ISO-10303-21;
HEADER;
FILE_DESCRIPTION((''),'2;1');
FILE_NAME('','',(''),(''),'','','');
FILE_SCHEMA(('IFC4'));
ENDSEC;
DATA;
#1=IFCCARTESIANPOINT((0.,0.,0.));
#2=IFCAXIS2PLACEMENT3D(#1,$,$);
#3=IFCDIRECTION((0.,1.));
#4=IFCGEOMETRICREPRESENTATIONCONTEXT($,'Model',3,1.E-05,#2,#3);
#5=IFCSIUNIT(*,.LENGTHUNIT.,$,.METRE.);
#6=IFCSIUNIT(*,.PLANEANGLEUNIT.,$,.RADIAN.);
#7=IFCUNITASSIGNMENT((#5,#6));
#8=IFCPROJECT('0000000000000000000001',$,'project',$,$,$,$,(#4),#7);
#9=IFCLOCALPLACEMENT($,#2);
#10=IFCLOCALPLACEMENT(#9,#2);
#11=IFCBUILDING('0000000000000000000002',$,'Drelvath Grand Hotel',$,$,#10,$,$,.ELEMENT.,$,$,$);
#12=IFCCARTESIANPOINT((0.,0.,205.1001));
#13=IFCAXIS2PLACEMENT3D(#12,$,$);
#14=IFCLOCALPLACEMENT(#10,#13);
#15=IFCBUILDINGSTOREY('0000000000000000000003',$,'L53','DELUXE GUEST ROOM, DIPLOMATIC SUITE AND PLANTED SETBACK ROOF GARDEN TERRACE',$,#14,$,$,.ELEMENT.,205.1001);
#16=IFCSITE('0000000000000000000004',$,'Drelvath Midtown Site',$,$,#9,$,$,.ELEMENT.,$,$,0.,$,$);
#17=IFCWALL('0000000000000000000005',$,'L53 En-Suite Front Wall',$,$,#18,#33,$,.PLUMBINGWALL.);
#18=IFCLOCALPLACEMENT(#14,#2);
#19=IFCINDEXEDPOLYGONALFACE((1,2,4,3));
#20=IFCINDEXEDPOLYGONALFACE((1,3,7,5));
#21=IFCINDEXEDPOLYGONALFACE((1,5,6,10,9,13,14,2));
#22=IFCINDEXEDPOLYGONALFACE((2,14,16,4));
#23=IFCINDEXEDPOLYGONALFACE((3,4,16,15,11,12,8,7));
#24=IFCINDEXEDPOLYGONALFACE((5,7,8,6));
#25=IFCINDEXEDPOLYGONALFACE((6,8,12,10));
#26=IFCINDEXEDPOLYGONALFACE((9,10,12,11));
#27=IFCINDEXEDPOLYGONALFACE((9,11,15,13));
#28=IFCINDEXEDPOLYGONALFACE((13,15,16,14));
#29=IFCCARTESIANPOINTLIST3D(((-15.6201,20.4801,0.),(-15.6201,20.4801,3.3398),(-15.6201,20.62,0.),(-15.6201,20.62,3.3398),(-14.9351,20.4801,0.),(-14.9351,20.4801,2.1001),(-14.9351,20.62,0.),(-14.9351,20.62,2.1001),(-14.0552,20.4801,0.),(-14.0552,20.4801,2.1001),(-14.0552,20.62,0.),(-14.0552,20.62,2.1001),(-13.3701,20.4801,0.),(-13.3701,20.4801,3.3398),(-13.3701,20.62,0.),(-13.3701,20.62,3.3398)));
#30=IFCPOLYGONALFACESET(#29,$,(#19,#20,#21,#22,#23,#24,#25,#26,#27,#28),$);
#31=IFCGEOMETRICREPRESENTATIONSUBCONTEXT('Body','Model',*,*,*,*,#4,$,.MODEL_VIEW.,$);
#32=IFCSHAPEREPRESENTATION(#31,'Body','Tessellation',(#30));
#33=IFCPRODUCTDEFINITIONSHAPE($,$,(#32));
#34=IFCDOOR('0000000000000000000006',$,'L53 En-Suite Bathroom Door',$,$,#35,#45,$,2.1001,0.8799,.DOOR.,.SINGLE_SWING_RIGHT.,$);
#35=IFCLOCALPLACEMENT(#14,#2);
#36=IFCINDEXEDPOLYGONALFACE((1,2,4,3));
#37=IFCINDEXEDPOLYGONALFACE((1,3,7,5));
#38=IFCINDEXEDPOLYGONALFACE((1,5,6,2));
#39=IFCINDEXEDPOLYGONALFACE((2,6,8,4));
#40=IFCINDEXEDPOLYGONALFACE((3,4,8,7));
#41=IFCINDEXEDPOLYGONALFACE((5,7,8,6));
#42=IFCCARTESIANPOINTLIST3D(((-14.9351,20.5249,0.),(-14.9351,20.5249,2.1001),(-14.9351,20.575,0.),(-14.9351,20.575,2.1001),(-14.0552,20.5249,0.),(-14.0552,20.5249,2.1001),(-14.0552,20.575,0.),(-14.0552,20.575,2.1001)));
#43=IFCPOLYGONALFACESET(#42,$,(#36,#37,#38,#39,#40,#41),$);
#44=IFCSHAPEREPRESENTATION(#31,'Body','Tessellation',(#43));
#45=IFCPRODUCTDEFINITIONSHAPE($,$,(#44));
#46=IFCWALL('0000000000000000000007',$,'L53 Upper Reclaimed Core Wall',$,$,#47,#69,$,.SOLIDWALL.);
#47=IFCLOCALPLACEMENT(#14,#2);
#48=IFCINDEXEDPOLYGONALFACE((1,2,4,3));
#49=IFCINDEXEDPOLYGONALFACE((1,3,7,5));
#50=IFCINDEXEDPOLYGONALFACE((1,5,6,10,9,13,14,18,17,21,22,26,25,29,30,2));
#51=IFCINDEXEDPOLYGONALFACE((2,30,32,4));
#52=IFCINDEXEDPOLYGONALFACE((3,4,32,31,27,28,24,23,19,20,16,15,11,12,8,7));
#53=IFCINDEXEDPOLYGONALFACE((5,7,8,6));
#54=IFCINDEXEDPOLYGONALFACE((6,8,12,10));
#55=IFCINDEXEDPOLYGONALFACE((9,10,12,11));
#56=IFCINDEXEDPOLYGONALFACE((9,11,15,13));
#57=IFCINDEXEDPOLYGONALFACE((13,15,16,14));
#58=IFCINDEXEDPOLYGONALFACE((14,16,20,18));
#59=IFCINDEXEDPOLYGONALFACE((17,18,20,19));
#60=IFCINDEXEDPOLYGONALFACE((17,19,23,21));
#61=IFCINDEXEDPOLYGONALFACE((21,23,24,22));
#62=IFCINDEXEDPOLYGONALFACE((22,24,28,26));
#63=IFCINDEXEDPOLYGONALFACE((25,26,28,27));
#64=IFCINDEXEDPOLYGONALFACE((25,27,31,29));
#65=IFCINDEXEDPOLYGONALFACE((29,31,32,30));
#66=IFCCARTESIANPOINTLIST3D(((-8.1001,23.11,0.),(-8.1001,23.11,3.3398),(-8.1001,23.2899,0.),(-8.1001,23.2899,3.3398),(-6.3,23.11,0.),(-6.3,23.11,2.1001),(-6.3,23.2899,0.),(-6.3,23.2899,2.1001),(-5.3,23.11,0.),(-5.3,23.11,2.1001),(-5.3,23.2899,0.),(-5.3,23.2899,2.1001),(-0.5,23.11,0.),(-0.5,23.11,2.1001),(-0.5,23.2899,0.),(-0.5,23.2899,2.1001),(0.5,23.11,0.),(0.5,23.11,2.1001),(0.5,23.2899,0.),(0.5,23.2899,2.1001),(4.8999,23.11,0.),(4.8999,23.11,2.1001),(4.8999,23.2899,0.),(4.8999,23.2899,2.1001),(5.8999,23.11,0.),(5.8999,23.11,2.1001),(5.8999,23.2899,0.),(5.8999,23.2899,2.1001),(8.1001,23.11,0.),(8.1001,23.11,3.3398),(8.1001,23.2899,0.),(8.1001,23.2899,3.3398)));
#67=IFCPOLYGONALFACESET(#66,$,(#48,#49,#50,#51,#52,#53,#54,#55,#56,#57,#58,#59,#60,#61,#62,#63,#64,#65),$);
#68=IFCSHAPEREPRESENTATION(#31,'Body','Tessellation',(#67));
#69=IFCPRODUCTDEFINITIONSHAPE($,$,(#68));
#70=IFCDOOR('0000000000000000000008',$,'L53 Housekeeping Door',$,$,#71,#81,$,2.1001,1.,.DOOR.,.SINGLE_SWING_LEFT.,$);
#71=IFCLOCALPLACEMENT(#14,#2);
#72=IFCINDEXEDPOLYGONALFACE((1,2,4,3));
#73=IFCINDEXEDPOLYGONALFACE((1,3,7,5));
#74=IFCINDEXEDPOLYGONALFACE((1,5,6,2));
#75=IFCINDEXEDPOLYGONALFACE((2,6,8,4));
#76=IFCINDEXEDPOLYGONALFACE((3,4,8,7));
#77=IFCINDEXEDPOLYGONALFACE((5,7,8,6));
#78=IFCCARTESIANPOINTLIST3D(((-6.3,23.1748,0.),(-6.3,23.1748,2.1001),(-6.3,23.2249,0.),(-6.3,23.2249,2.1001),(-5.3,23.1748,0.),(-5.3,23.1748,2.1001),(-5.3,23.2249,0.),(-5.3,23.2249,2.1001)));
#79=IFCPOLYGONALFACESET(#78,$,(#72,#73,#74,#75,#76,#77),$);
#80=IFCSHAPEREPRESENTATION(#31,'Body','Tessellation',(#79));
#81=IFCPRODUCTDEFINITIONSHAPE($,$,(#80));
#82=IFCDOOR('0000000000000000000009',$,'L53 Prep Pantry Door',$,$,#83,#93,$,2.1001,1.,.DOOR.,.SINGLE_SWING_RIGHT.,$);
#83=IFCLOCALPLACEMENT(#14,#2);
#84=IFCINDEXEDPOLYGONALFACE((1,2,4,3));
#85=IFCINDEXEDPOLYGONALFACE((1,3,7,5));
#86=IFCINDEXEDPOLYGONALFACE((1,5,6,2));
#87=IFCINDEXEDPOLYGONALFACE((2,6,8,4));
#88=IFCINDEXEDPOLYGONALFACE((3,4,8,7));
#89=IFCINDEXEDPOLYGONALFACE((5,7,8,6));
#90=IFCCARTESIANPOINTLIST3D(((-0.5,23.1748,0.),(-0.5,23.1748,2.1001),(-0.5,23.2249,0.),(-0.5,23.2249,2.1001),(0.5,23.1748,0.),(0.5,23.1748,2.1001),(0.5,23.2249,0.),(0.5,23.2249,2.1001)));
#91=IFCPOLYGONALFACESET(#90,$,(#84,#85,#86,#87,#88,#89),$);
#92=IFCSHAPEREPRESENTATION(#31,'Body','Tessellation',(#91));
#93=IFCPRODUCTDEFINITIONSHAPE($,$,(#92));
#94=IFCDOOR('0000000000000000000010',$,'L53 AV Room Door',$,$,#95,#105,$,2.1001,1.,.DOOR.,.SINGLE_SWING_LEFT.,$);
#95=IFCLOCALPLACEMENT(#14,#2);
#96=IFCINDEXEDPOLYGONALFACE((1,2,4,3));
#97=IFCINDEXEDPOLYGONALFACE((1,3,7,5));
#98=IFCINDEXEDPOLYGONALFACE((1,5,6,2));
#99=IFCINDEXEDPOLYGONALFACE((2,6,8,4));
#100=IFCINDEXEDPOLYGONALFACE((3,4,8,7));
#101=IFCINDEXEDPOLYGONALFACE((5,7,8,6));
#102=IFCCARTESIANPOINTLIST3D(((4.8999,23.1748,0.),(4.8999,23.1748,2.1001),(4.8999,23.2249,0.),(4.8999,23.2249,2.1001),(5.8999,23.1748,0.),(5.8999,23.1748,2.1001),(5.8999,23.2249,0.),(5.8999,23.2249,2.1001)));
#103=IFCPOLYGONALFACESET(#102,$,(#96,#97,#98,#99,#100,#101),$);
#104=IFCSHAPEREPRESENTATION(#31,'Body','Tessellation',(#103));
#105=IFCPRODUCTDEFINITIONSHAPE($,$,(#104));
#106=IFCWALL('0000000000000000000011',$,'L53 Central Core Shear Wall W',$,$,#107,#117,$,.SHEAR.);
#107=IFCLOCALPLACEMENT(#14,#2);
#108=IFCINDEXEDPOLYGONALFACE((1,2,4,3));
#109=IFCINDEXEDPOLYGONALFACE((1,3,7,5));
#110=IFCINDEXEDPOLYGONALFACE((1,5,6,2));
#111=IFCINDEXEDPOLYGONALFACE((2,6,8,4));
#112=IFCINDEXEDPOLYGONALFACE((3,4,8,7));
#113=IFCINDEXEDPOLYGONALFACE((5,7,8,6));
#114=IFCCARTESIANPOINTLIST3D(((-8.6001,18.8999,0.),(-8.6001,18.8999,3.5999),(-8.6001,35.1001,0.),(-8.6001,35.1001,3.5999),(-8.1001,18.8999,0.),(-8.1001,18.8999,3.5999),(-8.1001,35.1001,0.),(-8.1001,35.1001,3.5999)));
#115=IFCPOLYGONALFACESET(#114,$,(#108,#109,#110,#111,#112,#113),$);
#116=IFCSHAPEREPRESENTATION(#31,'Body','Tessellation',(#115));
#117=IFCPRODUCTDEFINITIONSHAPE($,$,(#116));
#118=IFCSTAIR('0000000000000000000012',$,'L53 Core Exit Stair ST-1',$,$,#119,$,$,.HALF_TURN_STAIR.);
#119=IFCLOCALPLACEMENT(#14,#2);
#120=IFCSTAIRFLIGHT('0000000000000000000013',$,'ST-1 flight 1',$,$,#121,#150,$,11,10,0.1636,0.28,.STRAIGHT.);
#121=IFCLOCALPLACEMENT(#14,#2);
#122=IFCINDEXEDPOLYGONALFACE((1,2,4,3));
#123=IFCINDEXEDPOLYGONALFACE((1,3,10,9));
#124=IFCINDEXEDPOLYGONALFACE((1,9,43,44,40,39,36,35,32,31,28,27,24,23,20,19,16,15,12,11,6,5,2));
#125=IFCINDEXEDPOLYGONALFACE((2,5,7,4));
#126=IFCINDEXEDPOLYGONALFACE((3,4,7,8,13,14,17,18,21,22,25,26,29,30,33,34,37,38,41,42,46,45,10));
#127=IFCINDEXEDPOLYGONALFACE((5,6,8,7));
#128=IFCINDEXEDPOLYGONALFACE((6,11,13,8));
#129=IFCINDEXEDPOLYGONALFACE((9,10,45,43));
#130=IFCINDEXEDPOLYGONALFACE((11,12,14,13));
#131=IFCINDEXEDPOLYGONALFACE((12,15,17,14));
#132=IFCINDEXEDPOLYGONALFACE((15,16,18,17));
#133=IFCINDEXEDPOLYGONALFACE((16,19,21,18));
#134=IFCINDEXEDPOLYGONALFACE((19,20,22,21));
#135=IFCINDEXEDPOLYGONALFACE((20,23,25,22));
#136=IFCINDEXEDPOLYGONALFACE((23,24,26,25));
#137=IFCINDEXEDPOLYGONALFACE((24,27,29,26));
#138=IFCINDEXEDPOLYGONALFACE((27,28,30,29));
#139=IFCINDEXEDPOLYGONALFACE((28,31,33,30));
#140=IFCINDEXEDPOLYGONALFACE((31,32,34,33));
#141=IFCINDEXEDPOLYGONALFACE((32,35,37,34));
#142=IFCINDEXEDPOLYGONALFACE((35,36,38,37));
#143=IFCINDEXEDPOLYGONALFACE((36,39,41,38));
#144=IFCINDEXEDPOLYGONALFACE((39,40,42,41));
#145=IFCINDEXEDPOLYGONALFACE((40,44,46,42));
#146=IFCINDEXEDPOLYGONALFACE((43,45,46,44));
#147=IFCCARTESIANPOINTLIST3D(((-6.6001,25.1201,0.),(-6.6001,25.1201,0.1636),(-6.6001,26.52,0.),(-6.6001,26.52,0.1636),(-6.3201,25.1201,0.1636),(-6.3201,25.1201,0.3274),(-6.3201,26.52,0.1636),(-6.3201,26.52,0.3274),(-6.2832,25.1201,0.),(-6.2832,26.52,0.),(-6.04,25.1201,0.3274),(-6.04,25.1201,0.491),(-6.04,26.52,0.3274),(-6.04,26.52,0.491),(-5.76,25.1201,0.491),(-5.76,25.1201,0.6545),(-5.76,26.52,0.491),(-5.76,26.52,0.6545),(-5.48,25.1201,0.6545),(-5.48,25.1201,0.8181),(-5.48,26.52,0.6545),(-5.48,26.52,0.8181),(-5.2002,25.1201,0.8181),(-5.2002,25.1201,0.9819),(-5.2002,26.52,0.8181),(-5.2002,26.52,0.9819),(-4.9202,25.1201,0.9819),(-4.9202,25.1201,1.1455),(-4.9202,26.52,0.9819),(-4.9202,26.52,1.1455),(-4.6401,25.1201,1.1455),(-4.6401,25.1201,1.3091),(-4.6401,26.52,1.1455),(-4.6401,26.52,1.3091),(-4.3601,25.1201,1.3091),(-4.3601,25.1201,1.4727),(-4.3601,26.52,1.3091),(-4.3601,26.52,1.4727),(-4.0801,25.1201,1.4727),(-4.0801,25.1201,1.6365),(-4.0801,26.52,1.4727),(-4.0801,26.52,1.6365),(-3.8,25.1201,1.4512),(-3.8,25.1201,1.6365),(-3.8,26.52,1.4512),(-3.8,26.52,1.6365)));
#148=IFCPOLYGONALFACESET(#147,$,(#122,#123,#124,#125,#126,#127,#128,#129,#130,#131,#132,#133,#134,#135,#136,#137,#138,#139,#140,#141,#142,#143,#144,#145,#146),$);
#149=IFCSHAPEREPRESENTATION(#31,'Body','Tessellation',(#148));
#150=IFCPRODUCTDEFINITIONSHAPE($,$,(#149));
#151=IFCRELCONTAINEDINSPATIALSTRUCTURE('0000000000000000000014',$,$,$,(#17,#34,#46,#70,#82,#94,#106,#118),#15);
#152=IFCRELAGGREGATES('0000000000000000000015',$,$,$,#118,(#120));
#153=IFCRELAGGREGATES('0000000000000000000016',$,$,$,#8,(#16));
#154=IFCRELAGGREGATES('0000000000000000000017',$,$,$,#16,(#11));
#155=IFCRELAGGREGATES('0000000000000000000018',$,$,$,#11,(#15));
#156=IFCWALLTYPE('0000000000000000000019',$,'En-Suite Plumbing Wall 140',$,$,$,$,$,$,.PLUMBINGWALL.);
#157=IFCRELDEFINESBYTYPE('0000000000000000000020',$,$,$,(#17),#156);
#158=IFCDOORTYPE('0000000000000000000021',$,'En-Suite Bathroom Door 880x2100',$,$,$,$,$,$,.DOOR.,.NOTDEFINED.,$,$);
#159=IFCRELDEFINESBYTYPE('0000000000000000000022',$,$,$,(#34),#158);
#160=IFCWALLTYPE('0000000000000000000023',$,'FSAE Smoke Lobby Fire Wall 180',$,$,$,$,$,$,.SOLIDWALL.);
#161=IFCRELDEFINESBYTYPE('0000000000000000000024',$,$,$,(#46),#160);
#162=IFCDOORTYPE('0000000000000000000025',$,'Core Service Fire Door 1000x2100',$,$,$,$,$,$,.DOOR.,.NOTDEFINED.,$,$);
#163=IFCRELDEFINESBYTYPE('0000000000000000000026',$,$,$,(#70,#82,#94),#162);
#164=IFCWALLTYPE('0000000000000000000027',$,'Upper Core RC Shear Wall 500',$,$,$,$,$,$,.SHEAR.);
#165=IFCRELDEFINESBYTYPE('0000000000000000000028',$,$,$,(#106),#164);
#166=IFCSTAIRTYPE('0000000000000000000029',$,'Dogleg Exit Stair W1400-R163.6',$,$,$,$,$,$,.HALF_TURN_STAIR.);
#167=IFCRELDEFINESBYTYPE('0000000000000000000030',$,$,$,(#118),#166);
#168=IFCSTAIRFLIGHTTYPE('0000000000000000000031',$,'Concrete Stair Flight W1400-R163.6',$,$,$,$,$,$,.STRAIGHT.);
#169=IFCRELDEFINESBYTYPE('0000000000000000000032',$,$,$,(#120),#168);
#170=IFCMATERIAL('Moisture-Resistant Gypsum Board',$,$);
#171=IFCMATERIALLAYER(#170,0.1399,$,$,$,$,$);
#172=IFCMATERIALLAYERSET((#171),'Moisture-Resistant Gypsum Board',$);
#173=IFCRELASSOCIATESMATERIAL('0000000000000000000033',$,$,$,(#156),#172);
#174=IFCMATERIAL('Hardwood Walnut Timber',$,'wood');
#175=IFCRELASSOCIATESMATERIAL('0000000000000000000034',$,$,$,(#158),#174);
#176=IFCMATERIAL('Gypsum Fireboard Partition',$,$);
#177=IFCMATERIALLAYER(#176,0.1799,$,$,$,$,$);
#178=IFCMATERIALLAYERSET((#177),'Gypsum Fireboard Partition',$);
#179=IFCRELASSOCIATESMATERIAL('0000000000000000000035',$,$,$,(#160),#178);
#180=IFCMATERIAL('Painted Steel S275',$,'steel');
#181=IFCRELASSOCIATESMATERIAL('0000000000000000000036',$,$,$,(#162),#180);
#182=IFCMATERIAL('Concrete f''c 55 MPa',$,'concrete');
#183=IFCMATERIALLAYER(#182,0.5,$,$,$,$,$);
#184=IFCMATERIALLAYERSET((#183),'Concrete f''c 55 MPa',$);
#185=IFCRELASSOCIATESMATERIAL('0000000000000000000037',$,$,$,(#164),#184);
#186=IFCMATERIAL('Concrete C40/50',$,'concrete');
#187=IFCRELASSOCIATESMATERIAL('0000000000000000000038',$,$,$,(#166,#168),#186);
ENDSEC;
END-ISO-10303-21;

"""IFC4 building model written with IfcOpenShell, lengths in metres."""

from ifc_helpers import new_model, si_unit, direction, frame, frame_2d, origin, place, context, subcontext, project, spatial, polyline, rectangle, outline, extrude, material, layer, layer_set, type_object, element, fill, aggregate, save


model = new_model("IFC4")

# Units and contexts
model_context = context("Model", 3, precision=1e-05, world=origin(), true_north=direction((0.0, 1.0)))
body_context = subcontext(model_context, "Body", "Model", "MODEL_VIEW")
ifc_project = project(units=[si_unit("LENGTHUNIT", "METRE"), si_unit("PLANEANGLEUNIT", "RADIAN")], contexts=[model_context])

# Site, building, storey
site_placement = place(None, origin())
site = spatial("IfcSite", under=ifc_project, at=site_placement, Name="Drelvath Midtown Site", CompositionType="ELEMENT", RefElevation=0.0)
building_placement = place(site_placement, origin())
building = spatial("IfcBuilding", under=site, at=building_placement, Name="Drelvath Grand Hotel", CompositionType="ELEMENT")
storey_placement = place(building_placement, frame((0.0, 0.0, 205.1001)))
storey = spatial("IfcBuildingStorey", under=building, at=storey_placement, Name="L53", Description="DELUXE GUEST ROOM, DIPLOMATIC SUITE AND PLANTED SETBACK ROOF GARDEN TERRACE", CompositionType="ELEMENT", Elevation=205.1001)

# Shared definitions
ifc_material_1 = material(Name="Concrete f'c 55 MPa", Category="concrete")

# Shared definitions
ifc_material_2 = material(Name="Concrete C40/50", Category="concrete")
ifc_material_3 = material(Name="Painted Steel S275", Category="steel")

# Shared definitions
ifc_material_4 = material(Name="Moisture-Resistant Gypsum Board")
ifc_layer_1 = layer(ifc_material_4, 0.1399)
ifc_layer_set_1 = layer_set([ifc_layer_1], Name="Moisture-Resistant Gypsum Board")
wall_type_1 = type_object("IfcWallType", Name="En-Suite Plumbing Wall 140", PredefinedType="PLUMBINGWALL", material=ifc_layer_set_1)

# Shared definitions
ifc_material_5 = material(Name="Hardwood Walnut Timber", Category="wood")
door_type_1 = type_object("IfcDoorType", Name="En-Suite Bathroom Door 880x2100", OperationType="NOTDEFINED", PredefinedType="DOOR", material=ifc_material_5)

# Wall, opening, door
wall_1_placement = place(storey_placement, frame((-15.6201, 20.55, 0.0), z_axis=(0.0, 0.0, 1.0), x_axis=(1.0, 0.0, 0.0)))
wall_1 = element("IfcWall", 1, at=wall_1_placement, inside=storey, type_object=wall_type_1, Name="L53 En-Suite Front Wall", PredefinedType="PLUMBINGWALL", context=body_context, shape_type="SweptSolid", body=[
    extrude(rectangle(XDim=2.25, YDim=0.1399, at=frame_2d((1.125, 0.0))), origin(), (0.0, 0.0, 1.0), 3.3398),
])
opening_1_placement = place(wall_1_placement, frame((0.6851, 0.0, 0.0)))
opening_1 = element("IfcOpeningElement", 2, at=opening_1_placement, cuts=wall_1, PredefinedType="OPENING", context=body_context, shape_type="SweptSolid", body=[
    extrude(rectangle(XDim=0.8799, YDim=2.1001, at=frame_2d((0.4399, 1.05))), frame((0.0, 0.0798, 0.0), z_axis=(0.0, -1.0, 0.0), x_axis=(1.0, 0.0, 0.0)), (0.0, 0.0, 1.0), 0.1599),
])
door_1_placement = place(opening_1_placement, origin())
door_1 = element("IfcDoor", 3, at=door_1_placement, inside=storey, type_object=door_type_1, Name="L53 En-Suite Bathroom Door", OperationType="SINGLE_SWING_RIGHT", OverallHeight=2.1001, OverallWidth=0.8799, PredefinedType="DOOR", context=body_context, shape_type="SweptSolid", body=[
    extrude(rectangle(XDim=0.8799, YDim=2.1001, at=frame_2d((0.4399, 1.05))), frame((0.0, 0.0249, 0.0), z_axis=(0.0, -1.0, 0.0), x_axis=(1.0, 0.0, 0.0)), (0.0, 0.0, 1.0), 0.05),
])
fill(opening_1, door_1)

# Wall, openings, doors
ifc_material_6 = material(Name="Gypsum Fireboard Partition")
ifc_layer_2 = layer(ifc_material_6, 0.1799)
ifc_layer_set_2 = layer_set([ifc_layer_2], Name="Gypsum Fireboard Partition")
wall_type_2 = type_object("IfcWallType", Name="FSAE Smoke Lobby Fire Wall 180", PredefinedType="SOLIDWALL", material=ifc_layer_set_2)
wall_2_placement = place(storey_placement, frame((-8.1001, 23.2, 0.0), z_axis=(0.0, 0.0, 1.0), x_axis=(1.0, 0.0, 0.0)))
wall_2 = element("IfcWall", 4, at=wall_2_placement, inside=storey, type_object=wall_type_2, Name="L53 Upper Reclaimed Core Wall", PredefinedType="SOLIDWALL", context=body_context, shape_type="SweptSolid", body=[
    extrude(rectangle(XDim=16.2002, YDim=0.1799, at=frame_2d((8.1001, 0.0))), origin(), (0.0, 0.0, 1.0), 3.3398),
])
opening_2_placement = place(wall_2_placement, frame((1.8, 0.0, 0.0)))
opening_2 = element("IfcOpeningElement", 5, at=opening_2_placement, cuts=wall_2, PredefinedType="OPENING", context=body_context, shape_type="SweptSolid", body=[
    extrude(rectangle(XDim=1.0, YDim=2.1001, at=frame_2d((0.5, 1.05))), frame((0.0, 0.0999, 0.0), z_axis=(0.0, -1.0, 0.0), x_axis=(1.0, 0.0, 0.0)), (0.0, 0.0, 1.0), 0.2),
])
opening_3_placement = place(wall_2_placement, frame((7.6001, 0.0, 0.0)))
opening_3 = element("IfcOpeningElement", 6, at=opening_3_placement, cuts=wall_2, PredefinedType="OPENING", context=body_context, shape_type="SweptSolid", body=[
    extrude(rectangle(XDim=1.0, YDim=2.1001, at=frame_2d((0.5, 1.05))), frame((0.0, 0.0999, 0.0), z_axis=(0.0, -1.0, 0.0), x_axis=(1.0, 0.0, 0.0)), (0.0, 0.0, 1.0), 0.2),
])
opening_4_placement = place(wall_2_placement, frame((13.0, 0.0, 0.0)))
opening_4 = element("IfcOpeningElement", 7, at=opening_4_placement, cuts=wall_2, PredefinedType="OPENING", context=body_context, shape_type="SweptSolid", body=[
    extrude(rectangle(XDim=1.0, YDim=2.1001, at=frame_2d((0.5, 1.05))), frame((0.0, 0.0999, 0.0), z_axis=(0.0, -1.0, 0.0), x_axis=(1.0, 0.0, 0.0)), (0.0, 0.0, 1.0), 0.2),
])
door_type_2 = type_object("IfcDoorType", Name="Core Service Fire Door 1000x2100", OperationType="NOTDEFINED", PredefinedType="DOOR", material=ifc_material_3)
door_2_placement = place(opening_2_placement, origin())
door_2 = element("IfcDoor", 8, at=door_2_placement, inside=storey, type_object=door_type_2, Name="L53 Housekeeping Door", OperationType="SINGLE_SWING_LEFT", OverallHeight=2.1001, OverallWidth=1.0, PredefinedType="DOOR", context=body_context, shape_type="SweptSolid", body=[
    extrude(rectangle(XDim=1.0, YDim=2.1001, at=frame_2d((0.5, 1.05))), frame((0.0, 0.0249, 0.0), z_axis=(0.0, -1.0, 0.0), x_axis=(1.0, 0.0, 0.0)), (0.0, 0.0, 1.0), 0.05),
])
fill(opening_2, door_2)
door_3_placement = place(opening_3_placement, origin())
door_3 = element("IfcDoor", 9, at=door_3_placement, inside=storey, type_object=door_type_2, Name="L53 Prep Pantry Door", OperationType="SINGLE_SWING_RIGHT", OverallHeight=2.1001, OverallWidth=1.0, PredefinedType="DOOR", context=body_context, shape_type="SweptSolid", body=[
    extrude(rectangle(XDim=1.0, YDim=2.1001, at=frame_2d((0.5, 1.05))), frame((0.0, 0.0249, 0.0), z_axis=(0.0, -1.0, 0.0), x_axis=(1.0, 0.0, 0.0)), (0.0, 0.0, 1.0), 0.05),
])
fill(opening_3, door_3)
door_4_placement = place(opening_4_placement, origin())
door_4 = element("IfcDoor", 10, at=door_4_placement, inside=storey, type_object=door_type_2, Name="L53 AV Room Door", OperationType="SINGLE_SWING_LEFT", OverallHeight=2.1001, OverallWidth=1.0, PredefinedType="DOOR", context=body_context, shape_type="SweptSolid", body=[
    extrude(rectangle(XDim=1.0, YDim=2.1001, at=frame_2d((0.5, 1.05))), frame((0.0, 0.0249, 0.0), z_axis=(0.0, -1.0, 0.0), x_axis=(1.0, 0.0, 0.0)), (0.0, 0.0, 1.0), 0.05),
])
fill(opening_4, door_4)

# Wall
ifc_layer_3 = layer(ifc_material_1, 0.5)
ifc_layer_set_3 = layer_set([ifc_layer_3], Name="Concrete f'c 55 MPa")
wall_type_3 = type_object("IfcWallType", Name="Upper Core RC Shear Wall 500", PredefinedType="SHEAR", material=ifc_layer_set_3)
wall_3_placement = place(storey_placement, frame((-8.3501, 18.8999, 0.0), z_axis=(0.0, 0.0, 1.0), x_axis=(0.0, 1.0, 0.0)))
element("IfcWall", 11, at=wall_3_placement, inside=storey, type_object=wall_type_3, Name="L53 Central Core Shear Wall W", PredefinedType="SHEAR", context=body_context, shape_type="SweptSolid", body=[
    extrude(rectangle(XDim=16.2002, YDim=0.5, at=frame_2d((8.1001, 0.0))), origin(), (0.0, 0.0, 1.0), 3.5999),
])

# Stair, stair flight
stair_type = type_object("IfcStairType", Name="Dogleg Exit Stair W1400-R163.6", PredefinedType="HALF_TURN_STAIR", material=ifc_material_2)
stair_placement = place(storey_placement, origin())
stair = element("IfcStair", 12, at=stair_placement, inside=storey, type_object=stair_type, Name="L53 Core Exit Stair ST-1", PredefinedType="HALF_TURN_STAIR")
stair_flight_type = type_object("IfcStairFlightType", Name="Concrete Stair Flight W1400-R163.6", PredefinedType="STRAIGHT", material=ifc_material_2)
stair_flight_placement = place(storey_placement, frame((-6.6001, 25.8201, 0.0), z_axis=(0.0, 0.0, 1.0), x_axis=(1.0, 0.0, 0.0)))
stair_flight = element("IfcStairFlight", 13, at=stair_flight_placement, type_object=stair_flight_type, Name="ST-1 flight 1", NumberOfRisers=11, NumberOfTreads=10, PredefinedType="STRAIGHT", RiserHeight=0.1636, TreadLength=0.28, context=body_context, shape_type="SweptSolid", body=[
    extrude(outline(polyline([(0.0, 0.0), (0.0, 0.1636), (0.28, 0.1636), (0.28, 0.3274), (0.5601, 0.3274), (0.5601, 0.491), (0.8401, 0.491), (0.8401, 0.6545), (1.1201, 0.6545), (1.1201, 0.8181), (1.3999, 0.8181), (1.3999, 0.9819), (1.6799, 0.9819), (1.6799, 1.1455), (1.96, 1.1455), (1.96, 1.3091), (2.24, 1.3091), (2.24, 1.4727), (2.52, 1.4727), (2.52, 1.6365), (2.8, 1.6365), (2.8, 1.8), (2.8, 1.4512), (0.3169, 0.0), (0.0, 0.0)])), frame((0.0, 0.7, 0.0), z_axis=(0.0, -1.0, 0.0), x_axis=(1.0, 0.0, 0.0)), (0.0, 0.0, 1.0), 1.3999),
])
aggregate(stair, [stair_flight])

save(model, "model.ifc")
